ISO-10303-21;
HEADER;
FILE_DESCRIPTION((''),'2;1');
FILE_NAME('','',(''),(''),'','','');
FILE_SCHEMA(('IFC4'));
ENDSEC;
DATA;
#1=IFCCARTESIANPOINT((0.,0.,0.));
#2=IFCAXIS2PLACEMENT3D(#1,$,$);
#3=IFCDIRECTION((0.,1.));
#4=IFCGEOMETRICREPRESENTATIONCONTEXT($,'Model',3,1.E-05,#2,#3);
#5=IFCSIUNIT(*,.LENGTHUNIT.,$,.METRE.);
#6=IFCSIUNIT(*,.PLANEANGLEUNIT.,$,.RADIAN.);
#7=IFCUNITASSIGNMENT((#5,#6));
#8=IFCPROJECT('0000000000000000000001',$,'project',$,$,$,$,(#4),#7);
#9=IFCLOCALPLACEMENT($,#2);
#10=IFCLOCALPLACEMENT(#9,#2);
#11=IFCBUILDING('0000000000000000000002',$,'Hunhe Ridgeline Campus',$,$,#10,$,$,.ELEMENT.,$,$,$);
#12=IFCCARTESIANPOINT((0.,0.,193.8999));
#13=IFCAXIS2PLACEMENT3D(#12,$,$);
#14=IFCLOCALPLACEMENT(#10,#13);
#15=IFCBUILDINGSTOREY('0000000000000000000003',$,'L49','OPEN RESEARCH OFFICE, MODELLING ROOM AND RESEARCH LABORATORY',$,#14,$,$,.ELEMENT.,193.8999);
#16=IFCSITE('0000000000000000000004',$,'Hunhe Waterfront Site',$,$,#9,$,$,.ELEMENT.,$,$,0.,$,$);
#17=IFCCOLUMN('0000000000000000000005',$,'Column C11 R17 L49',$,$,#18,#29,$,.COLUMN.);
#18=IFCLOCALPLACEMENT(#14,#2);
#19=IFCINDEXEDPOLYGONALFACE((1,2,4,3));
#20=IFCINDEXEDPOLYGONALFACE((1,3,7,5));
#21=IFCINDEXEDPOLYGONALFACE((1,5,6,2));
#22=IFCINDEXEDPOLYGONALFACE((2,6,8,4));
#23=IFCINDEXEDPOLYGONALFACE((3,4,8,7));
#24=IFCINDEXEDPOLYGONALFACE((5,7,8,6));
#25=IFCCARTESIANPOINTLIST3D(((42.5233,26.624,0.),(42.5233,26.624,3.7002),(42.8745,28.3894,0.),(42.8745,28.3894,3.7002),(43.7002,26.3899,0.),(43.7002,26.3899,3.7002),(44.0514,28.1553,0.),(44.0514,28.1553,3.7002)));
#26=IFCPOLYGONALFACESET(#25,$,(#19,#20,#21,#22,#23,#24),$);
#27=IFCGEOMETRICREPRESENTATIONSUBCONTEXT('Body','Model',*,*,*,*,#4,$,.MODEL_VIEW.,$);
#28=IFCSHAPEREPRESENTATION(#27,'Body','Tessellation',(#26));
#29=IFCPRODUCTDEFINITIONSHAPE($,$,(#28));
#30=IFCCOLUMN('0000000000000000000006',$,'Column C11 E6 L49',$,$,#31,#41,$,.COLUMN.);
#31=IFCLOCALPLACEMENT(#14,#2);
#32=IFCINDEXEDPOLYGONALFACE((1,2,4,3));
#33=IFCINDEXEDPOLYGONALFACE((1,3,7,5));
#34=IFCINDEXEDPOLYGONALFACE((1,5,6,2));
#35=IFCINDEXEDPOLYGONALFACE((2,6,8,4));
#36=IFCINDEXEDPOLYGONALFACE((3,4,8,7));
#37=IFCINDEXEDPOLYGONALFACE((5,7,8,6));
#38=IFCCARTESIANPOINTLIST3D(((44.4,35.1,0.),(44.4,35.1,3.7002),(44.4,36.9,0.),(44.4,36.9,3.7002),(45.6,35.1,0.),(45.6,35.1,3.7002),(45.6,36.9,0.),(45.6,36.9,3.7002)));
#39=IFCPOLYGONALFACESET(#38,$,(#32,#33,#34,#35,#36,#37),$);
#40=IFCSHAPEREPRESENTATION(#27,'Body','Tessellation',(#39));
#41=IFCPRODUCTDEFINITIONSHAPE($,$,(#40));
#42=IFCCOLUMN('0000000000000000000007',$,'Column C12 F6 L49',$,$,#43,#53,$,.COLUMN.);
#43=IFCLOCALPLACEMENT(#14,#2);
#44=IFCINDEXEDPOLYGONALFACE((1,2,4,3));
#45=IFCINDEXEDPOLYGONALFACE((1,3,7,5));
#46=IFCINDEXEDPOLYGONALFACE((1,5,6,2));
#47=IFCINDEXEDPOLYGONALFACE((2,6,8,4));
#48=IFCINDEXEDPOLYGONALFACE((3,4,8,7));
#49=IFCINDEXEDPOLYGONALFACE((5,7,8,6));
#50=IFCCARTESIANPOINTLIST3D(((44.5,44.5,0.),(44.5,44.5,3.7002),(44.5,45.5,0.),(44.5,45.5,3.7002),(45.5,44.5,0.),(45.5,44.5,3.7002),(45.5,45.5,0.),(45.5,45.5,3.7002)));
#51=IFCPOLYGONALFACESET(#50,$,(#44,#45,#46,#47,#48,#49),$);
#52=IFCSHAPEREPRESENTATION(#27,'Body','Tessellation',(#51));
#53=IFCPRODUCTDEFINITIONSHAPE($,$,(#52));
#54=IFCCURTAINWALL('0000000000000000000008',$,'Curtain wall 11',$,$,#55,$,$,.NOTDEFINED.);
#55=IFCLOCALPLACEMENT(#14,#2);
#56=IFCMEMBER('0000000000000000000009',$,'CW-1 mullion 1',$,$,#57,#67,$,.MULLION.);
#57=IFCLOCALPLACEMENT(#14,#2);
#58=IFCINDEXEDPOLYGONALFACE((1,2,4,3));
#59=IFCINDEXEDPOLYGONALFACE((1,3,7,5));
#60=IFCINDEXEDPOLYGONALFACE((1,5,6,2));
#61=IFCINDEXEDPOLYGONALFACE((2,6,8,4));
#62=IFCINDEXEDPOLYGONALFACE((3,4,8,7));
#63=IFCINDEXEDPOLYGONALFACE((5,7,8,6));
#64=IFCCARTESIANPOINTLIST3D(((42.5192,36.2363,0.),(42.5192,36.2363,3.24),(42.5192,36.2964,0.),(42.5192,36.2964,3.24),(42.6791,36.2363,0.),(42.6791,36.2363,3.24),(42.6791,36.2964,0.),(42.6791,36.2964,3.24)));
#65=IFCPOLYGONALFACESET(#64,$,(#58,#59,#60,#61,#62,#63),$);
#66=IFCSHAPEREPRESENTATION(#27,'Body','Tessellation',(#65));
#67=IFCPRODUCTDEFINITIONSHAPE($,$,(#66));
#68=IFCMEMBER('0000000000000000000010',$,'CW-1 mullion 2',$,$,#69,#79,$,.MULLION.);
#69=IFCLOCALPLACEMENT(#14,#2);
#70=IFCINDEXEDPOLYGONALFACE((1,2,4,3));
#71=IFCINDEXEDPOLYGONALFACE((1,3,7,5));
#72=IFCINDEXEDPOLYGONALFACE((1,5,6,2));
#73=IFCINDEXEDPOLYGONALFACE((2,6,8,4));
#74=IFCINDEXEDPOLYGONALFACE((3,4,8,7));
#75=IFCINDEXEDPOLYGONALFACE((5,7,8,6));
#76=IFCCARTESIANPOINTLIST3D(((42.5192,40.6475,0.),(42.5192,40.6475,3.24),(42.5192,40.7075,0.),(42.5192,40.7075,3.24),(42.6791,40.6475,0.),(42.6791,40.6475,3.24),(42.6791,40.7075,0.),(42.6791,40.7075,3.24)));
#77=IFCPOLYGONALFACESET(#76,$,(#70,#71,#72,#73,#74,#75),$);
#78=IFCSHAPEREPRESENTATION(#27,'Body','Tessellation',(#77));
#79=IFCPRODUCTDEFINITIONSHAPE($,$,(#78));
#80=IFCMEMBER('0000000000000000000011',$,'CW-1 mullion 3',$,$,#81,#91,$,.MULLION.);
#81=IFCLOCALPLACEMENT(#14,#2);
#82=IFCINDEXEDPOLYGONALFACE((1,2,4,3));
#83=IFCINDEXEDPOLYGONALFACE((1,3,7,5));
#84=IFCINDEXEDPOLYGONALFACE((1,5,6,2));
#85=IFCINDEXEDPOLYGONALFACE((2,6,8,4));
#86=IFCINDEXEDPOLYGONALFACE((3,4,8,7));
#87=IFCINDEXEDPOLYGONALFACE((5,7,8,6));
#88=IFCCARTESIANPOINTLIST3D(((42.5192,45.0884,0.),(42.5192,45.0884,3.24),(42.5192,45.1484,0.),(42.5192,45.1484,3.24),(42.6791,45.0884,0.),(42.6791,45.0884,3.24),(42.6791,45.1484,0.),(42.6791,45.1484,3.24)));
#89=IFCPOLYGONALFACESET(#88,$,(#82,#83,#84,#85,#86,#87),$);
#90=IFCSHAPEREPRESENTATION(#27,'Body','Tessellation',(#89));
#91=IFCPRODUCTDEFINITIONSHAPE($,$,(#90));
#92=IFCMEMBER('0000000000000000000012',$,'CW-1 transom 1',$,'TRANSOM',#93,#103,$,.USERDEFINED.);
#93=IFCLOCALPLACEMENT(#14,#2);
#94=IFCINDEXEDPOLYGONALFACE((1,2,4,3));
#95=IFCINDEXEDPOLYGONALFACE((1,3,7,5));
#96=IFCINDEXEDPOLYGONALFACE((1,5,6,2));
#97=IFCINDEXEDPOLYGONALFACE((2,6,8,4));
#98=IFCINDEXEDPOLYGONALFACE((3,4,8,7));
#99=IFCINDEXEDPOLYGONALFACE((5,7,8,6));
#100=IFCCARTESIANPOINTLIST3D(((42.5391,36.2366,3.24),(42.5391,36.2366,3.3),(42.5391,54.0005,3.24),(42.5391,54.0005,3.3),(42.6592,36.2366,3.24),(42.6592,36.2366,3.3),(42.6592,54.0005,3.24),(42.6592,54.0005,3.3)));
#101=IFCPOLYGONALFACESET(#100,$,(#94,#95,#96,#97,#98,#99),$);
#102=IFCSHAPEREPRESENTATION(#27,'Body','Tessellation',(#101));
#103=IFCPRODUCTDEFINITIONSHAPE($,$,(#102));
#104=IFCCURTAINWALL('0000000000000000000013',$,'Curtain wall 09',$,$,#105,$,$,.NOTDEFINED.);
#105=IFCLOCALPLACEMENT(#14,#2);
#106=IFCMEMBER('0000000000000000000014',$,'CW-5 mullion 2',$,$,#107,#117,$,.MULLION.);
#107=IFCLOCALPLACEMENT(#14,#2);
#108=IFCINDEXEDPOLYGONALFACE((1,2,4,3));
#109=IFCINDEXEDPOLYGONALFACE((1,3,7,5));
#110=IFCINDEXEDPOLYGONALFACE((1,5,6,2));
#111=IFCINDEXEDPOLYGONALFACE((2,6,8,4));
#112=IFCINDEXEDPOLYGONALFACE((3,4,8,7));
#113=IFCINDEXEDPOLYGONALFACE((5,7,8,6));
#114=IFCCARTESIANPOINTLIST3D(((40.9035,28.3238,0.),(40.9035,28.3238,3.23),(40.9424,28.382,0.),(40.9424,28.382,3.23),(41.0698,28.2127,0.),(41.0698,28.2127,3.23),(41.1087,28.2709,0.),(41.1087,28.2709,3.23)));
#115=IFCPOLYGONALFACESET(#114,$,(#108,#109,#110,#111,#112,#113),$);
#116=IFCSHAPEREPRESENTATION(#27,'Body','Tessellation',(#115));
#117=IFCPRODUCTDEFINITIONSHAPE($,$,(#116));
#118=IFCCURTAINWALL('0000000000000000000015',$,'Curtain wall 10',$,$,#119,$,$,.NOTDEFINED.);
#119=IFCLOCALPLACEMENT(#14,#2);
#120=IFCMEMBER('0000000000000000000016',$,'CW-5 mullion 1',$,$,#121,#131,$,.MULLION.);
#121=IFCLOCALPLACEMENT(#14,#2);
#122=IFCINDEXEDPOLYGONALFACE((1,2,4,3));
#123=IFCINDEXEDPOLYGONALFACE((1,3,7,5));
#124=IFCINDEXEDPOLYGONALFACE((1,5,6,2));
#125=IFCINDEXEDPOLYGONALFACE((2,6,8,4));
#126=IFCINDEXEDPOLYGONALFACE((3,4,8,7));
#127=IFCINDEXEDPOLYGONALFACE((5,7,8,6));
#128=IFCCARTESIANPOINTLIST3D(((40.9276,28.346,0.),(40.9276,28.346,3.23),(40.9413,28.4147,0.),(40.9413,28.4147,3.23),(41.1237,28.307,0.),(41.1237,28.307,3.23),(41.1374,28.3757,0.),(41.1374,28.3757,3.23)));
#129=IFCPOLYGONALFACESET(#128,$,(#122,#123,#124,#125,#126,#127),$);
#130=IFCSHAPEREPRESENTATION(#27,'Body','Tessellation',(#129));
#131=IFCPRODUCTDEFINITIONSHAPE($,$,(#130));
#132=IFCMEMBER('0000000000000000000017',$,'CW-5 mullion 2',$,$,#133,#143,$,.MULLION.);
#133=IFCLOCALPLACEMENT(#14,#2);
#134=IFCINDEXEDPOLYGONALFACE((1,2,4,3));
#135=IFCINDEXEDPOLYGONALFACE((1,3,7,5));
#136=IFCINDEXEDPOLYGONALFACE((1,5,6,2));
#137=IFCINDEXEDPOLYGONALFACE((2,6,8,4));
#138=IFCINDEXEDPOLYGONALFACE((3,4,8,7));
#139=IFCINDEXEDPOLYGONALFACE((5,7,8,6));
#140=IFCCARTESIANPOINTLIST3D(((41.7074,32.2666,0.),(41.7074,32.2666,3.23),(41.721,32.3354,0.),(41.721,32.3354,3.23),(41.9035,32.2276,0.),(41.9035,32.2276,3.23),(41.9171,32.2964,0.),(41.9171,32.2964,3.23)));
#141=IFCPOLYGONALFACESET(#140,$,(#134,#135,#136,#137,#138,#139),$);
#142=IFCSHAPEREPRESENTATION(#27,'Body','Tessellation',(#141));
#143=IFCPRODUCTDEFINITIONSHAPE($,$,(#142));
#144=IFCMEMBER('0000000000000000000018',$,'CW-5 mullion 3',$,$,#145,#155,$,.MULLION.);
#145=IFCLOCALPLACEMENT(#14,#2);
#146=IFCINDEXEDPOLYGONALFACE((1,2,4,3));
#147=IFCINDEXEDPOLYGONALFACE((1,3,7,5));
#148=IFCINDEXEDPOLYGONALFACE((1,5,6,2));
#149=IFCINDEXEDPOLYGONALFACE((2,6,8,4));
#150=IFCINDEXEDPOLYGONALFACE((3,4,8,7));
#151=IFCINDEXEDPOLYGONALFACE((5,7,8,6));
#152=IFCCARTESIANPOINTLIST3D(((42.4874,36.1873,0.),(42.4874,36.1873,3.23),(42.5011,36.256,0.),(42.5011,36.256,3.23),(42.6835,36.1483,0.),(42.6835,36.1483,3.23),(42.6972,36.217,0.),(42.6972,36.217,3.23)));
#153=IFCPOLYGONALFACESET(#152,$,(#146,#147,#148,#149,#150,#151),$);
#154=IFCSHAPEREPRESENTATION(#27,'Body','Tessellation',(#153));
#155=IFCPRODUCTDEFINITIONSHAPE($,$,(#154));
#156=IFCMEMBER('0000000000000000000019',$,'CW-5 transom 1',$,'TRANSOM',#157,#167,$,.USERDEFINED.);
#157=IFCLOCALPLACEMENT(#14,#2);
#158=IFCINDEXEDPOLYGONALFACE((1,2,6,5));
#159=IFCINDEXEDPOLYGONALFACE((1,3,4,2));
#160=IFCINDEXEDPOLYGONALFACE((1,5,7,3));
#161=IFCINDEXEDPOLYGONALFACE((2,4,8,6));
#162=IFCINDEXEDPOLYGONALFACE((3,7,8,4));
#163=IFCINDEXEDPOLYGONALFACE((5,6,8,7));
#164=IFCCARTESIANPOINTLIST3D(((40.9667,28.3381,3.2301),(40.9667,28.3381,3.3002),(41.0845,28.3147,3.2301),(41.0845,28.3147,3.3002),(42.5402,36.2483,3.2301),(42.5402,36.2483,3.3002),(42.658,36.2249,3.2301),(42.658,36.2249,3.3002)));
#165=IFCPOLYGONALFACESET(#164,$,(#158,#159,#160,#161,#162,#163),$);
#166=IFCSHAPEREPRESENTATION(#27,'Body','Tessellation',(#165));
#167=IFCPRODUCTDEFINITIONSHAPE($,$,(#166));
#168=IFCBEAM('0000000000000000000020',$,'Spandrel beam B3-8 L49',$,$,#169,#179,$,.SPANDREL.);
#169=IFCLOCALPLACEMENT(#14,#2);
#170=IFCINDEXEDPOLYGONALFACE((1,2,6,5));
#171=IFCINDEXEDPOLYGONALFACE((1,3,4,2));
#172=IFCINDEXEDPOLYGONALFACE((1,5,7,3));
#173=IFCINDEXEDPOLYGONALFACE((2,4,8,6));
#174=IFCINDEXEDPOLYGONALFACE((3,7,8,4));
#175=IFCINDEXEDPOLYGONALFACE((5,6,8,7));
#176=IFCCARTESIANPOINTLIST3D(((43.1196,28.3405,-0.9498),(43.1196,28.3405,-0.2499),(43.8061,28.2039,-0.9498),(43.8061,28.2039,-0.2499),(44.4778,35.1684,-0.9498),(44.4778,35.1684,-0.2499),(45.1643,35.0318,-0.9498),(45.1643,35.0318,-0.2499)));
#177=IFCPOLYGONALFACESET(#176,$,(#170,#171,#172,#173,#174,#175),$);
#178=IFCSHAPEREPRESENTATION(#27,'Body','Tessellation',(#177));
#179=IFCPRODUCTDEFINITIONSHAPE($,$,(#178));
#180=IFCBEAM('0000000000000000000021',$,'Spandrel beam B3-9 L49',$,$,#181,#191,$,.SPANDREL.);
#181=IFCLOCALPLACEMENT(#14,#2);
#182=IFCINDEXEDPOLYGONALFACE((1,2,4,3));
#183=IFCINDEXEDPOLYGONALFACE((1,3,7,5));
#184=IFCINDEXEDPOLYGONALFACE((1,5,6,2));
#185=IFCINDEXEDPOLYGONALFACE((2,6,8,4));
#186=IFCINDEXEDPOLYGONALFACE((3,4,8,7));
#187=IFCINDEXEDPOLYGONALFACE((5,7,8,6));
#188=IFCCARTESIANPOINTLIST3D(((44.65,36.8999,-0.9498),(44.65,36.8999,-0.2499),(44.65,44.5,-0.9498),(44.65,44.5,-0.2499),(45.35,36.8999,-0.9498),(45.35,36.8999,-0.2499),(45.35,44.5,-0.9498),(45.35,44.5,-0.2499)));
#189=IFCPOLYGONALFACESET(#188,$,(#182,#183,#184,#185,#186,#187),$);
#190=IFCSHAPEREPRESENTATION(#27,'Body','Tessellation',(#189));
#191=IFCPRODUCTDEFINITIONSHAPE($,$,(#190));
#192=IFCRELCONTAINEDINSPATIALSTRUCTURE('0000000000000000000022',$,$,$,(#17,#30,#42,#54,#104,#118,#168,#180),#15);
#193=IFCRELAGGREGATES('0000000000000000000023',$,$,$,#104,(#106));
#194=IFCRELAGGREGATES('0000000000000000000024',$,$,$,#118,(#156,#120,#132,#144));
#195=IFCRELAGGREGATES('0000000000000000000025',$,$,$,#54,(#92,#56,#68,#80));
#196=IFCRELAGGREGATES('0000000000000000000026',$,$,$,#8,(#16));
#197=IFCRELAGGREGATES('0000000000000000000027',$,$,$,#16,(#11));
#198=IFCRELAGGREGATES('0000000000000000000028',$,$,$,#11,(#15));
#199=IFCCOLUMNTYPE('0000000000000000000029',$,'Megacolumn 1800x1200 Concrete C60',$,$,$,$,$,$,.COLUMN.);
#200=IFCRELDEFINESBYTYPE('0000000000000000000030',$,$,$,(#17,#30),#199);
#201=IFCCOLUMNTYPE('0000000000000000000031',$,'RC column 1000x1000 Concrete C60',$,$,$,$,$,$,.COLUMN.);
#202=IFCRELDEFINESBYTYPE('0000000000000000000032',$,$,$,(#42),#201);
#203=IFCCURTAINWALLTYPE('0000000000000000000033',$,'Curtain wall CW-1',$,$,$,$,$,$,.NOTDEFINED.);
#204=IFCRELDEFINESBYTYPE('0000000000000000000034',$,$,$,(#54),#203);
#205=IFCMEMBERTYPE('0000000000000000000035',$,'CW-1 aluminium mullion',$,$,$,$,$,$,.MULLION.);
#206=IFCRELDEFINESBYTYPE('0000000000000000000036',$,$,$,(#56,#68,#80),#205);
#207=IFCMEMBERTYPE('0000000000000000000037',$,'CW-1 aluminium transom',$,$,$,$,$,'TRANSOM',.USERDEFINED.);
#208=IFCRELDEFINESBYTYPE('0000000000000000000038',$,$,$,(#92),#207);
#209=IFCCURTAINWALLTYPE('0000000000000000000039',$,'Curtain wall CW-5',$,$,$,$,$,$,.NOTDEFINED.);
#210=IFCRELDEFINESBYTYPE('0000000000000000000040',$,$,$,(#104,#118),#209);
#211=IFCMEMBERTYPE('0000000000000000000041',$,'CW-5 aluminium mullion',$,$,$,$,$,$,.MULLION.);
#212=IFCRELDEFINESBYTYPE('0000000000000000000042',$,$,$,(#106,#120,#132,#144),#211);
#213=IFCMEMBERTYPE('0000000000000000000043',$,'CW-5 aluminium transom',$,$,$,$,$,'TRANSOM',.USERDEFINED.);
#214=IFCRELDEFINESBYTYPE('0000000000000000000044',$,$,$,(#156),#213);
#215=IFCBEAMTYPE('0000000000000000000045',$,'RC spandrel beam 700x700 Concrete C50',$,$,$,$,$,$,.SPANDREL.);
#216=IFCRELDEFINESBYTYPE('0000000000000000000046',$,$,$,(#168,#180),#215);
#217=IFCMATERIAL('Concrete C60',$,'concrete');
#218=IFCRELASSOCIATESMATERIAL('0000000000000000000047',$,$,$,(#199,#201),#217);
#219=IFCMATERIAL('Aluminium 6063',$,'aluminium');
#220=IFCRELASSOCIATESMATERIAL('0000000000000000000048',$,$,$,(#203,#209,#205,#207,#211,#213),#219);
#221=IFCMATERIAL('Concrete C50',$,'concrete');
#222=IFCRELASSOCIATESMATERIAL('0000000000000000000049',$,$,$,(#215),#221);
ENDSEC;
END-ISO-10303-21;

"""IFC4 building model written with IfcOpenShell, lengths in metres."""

from ifc_helpers import new_model, si_unit, direction, frame, origin, origin_2d, place, context, subcontext, project, spatial, rectangle, extrude, material, material_profile, profile_set, type_object, element, aggregate, save


model = new_model("IFC4")

# Units and contexts
model_context = context("Model", 3, precision=1e-05, world=origin(), true_north=direction((0.0, 1.0)))
body_context = subcontext(model_context, "Body", "Model", "MODEL_VIEW")
ifc_project = project(units=[si_unit("LENGTHUNIT", "METRE"), si_unit("PLANEANGLEUNIT", "RADIAN")], contexts=[model_context])

# Site, building, storey
site_placement = place(None, origin())
site = spatial("IfcSite", under=ifc_project, at=site_placement, Name="Hunhe Waterfront Site", CompositionType="ELEMENT", RefElevation=0.0)
building_placement = place(site_placement, origin())
building = spatial("IfcBuilding", under=site, at=building_placement, Name="Hunhe Ridgeline Campus", CompositionType="ELEMENT")
storey_placement = place(building_placement, frame((0.0, 0.0, 193.8999)))
storey = spatial("IfcBuildingStorey", under=building, at=storey_placement, Name="L49", Description="OPEN RESEARCH OFFICE, MODELLING ROOM AND RESEARCH LABORATORY", CompositionType="ELEMENT", Elevation=193.8999)

# Columns
ifc_material_1 = material(Name="Concrete C60", Category="concrete")
ifc_material_profile_1 = material_profile(ifc_material_1, rectangle(XDim=1.8, YDim=1.2, at=origin_2d()))
ifc_profile_set_1 = profile_set([ifc_material_profile_1], Name="Concrete C60")
column_type_1 = type_object("IfcColumnType", Name="Megacolumn 1800x1200 Concrete C60", PredefinedType="COLUMN", material=ifc_profile_set_1)
for number, where, z_axis, x_axis, name in (
    (1, (43.2874, 27.3896, 0.0), (0.0, 0.0, 1.0), (0.19509, 0.980785, 0.0), "Column C11 R17 L49"),
    (2, (45.0, 36.0, 0.0), (0.0, 0.0, 1.0), (0.0, 1.0, 0.0), "Column C11 E6 L49"),
):
    element("IfcColumn", number, at=place(storey_placement, frame(where, z_axis=z_axis, x_axis=x_axis)), inside=storey, type_object=column_type_1, Name=name, PredefinedType="COLUMN", context=body_context, shape_type="SweptSolid", body=[
        extrude(rectangle(XDim=1.8, YDim=1.2, at=origin_2d()), origin(), (0.0, 0.0, 1.0), 3.7002),
    ])
ifc_material_profile_2 = material_profile(ifc_material_1, rectangle(XDim=1.0, YDim=1.0, at=origin_2d()))
ifc_profile_set_2 = profile_set([ifc_material_profile_2], Name="Concrete C60")
column_type_2 = type_object("IfcColumnType", Name="RC column 1000x1000 Concrete C60", PredefinedType="COLUMN", material=ifc_profile_set_2)
column_placement = place(storey_placement, frame((45.0, 45.0, 0.0), z_axis=(0.0, 0.0, 1.0), x_axis=(1.0, 0.0, 0.0)))
element("IfcColumn", 3, at=column_placement, inside=storey, type_object=column_type_2, Name="Column C12 F6 L49", PredefinedType="COLUMN", context=body_context, shape_type="SweptSolid", body=[
    extrude(rectangle(XDim=1.0, YDim=1.0, at=origin_2d()), origin(), (0.0, 0.0, 1.0), 3.7002),
])

# Curtain wall, members
ifc_material_2 = material(Name="Aluminium 6063", Category="aluminium")
curtain_wall_type_1 = type_object("IfcCurtainWallType", Name="Curtain wall CW-1", PredefinedType="NOTDEFINED", material=ifc_material_2)
curtain_wall_1_placement = place(storey_placement, origin())
curtain_wall_1 = element("IfcCurtainWall", 4, at=curtain_wall_1_placement, inside=storey, type_object=curtain_wall_type_1, Name="Curtain wall 11", PredefinedType="NOTDEFINED")
ifc_material_profile_3 = material_profile(ifc_material_2, rectangle(XDim=0.1599, YDim=0.0601, at=origin_2d()))
ifc_profile_set_3 = profile_set([ifc_material_profile_3], Name="Aluminium 6063")
member_type_1 = type_object("IfcMemberType", Name="CW-1 aluminium mullion", PredefinedType="MULLION", material=ifc_profile_set_3)
member_1_placement = place(storey_placement, frame((42.5991, 36.2664, 0.0), z_axis=(0.0, 0.0, 1.0), x_axis=(-1.0, 0.000007, 0.0)))
member_1 = element("IfcMember", 5, at=member_1_placement, type_object=member_type_1, Name="CW-1 mullion 1", PredefinedType="MULLION", context=body_context, shape_type="SweptSolid", body=[
    extrude(rectangle(XDim=0.1599, YDim=0.0601, at=origin_2d()), origin(), (0.0, 0.0, 1.0), 3.24),
])
member_2_placement = place(storey_placement, frame((42.5991, 40.6775, 0.0), z_axis=(0.0, 0.0, 1.0), x_axis=(-1.0, 0.000007, 0.0)))
member_2 = element("IfcMember", 6, at=member_2_placement, type_object=member_type_1, Name="CW-1 mullion 2", PredefinedType="MULLION", context=body_context, shape_type="SweptSolid", body=[
    extrude(rectangle(XDim=0.1599, YDim=0.0601, at=origin_2d()), origin(), (0.0, 0.0, 1.0), 3.24),
])
member_3_placement = place(storey_placement, frame((42.5991, 45.1184, 0.0), z_axis=(0.0, 0.0, 1.0), x_axis=(-1.0, 0.000007, 0.0)))
member_3 = element("IfcMember", 7, at=member_3_placement, type_object=member_type_1, Name="CW-1 mullion 3", PredefinedType="MULLION", context=body_context, shape_type="SweptSolid", body=[
    extrude(rectangle(XDim=0.1599, YDim=0.0601, at=origin_2d()), origin(), (0.0, 0.0, 1.0), 3.24),
])
ifc_material_profile_4 = material_profile(ifc_material_2, rectangle(XDim=0.1201, YDim=0.0601, at=origin_2d()))
ifc_profile_set_4 = profile_set([ifc_material_profile_4], Name="Aluminium 6063")
member_type_2 = type_object("IfcMemberType", Name="CW-1 aluminium transom", ElementType="TRANSOM", PredefinedType="USERDEFINED", material=ifc_profile_set_4)
member_4_placement = place(storey_placement, frame((42.5991, 36.2366, 3.27), z_axis=(0.0, 1.0, 0.0), x_axis=(-1.0, 0.0, 0.0)))
member_4 = element("IfcMember", 8, at=member_4_placement, type_object=member_type_2, Name="CW-1 transom 1", ObjectType="TRANSOM", PredefinedType="USERDEFINED", context=body_context, shape_type="SweptSolid", body=[
    extrude(rectangle(XDim=0.1201, YDim=0.0601, at=origin_2d()), origin(), (0.0, 0.0, 1.0), 17.7639),
])

# Curtain wall, member
curtain_wall_type_2 = type_object("IfcCurtainWallType", Name="Curtain wall CW-5", PredefinedType="NOTDEFINED", material=ifc_material_2)
curtain_wall_2_placement = place(storey_placement, origin())
curtain_wall_2 = element("IfcCurtainWall", 9, at=curtain_wall_2_placement, inside=storey, type_object=curtain_wall_type_2, Name="Curtain wall 09", PredefinedType="NOTDEFINED")
ifc_material_profile_5 = material_profile(ifc_material_2, rectangle(XDim=0.2, YDim=0.0701, at=origin_2d()))
ifc_profile_set_5 = profile_set([ifc_material_profile_5], Name="Aluminium 6063")
member_type_3 = type_object("IfcMemberType", Name="CW-5 aluminium mullion", PredefinedType="MULLION", material=ifc_profile_set_5)
member_5_placement = place(storey_placement, frame((41.0061, 28.2974, 0.0), z_axis=(0.0, 0.0, 1.0), x_axis=(-0.83147, 0.55557, 0.0)))
member_5 = element("IfcMember", 10, at=member_5_placement, type_object=member_type_3, Name="CW-5 mullion 2", PredefinedType="MULLION", context=body_context, shape_type="SweptSolid", body=[
    extrude(rectangle(XDim=0.2, YDim=0.0701, at=origin_2d()), origin(), (0.0, 0.0, 1.0), 3.23),
])

# Curtain wall, members
curtain_wall_3_placement = place(storey_placement, origin())
curtain_wall_3 = element("IfcCurtainWall", 11, at=curtain_wall_3_placement, inside=storey, type_object=curtain_wall_type_2, Name="Curtain wall 10", PredefinedType="NOTDEFINED")
member_6_placement = place(storey_placement, frame((41.0325, 28.3608, 0.0), z_axis=(0.0, 0.0, 1.0), x_axis=(-0.980785, 0.19509, 0.0)))
member_6 = element("IfcMember", 12, at=member_6_placement, type_object=member_type_3, Name="CW-5 mullion 1", PredefinedType="MULLION", context=body_context, shape_type="SweptSolid", body=[
    extrude(rectangle(XDim=0.2, YDim=0.0701, at=origin_2d()), origin(), (0.0, 0.0, 1.0), 3.23),
])
member_7_placement = place(storey_placement, frame((41.8123, 32.2815, 0.0), z_axis=(0.0, 0.0, 1.0), x_axis=(-0.980785, 0.19509, 0.0)))
member_7 = element("IfcMember", 13, at=member_7_placement, type_object=member_type_3, Name="CW-5 mullion 2", PredefinedType="MULLION", context=body_context, shape_type="SweptSolid", body=[
    extrude(rectangle(XDim=0.2, YDim=0.0701, at=origin_2d()), origin(), (0.0, 0.0, 1.0), 3.23),
])
member_8_placement = place(storey_placement, frame((42.5923, 36.2021, 0.0), z_axis=(0.0, 0.0, 1.0), x_axis=(-0.980785, 0.19509, 0.0)))
member_8 = element("IfcMember", 14, at=member_8_placement, type_object=member_type_3, Name="CW-5 mullion 3", PredefinedType="MULLION", context=body_context, shape_type="SweptSolid", body=[
    extrude(rectangle(XDim=0.2, YDim=0.0701, at=origin_2d()), origin(), (0.0, 0.0, 1.0), 3.23),
])
ifc_material_profile_6 = material_profile(ifc_material_2, rectangle(XDim=0.1201, YDim=0.0701, at=origin_2d()))
ifc_profile_set_6 = profile_set([ifc_material_profile_6], Name="Aluminium 6063")
member_type_4 = type_object("IfcMemberType", Name="CW-5 aluminium transom", ElementType="TRANSOM", PredefinedType="USERDEFINED", material=ifc_profile_set_6)
member_9_placement = place(storey_placement, frame((41.0256, 28.3264, 3.2651), z_axis=(0.195097, 0.980784, 0.0), x_axis=(-0.980784, 0.195097, 0.0)))
member_9 = element("IfcMember", 15, at=member_9_placement, type_object=member_type_4, Name="CW-5 transom 1", ObjectType="TRANSOM", PredefinedType="USERDEFINED", context=body_context, shape_type="SweptSolid", body=[
    extrude(rectangle(XDim=0.1201, YDim=0.0701, at=origin_2d()), origin(), (0.0, 0.0, 1.0), 8.0652),
])

# Beams
ifc_material_3 = material(Name="Concrete C50", Category="concrete")
ifc_material_profile_7 = material_profile(ifc_material_3, rectangle(XDim=0.7, YDim=0.7, at=origin_2d()))
ifc_profile_set_7 = profile_set([ifc_material_profile_7], Name="Concrete C50")
beam_type = type_object("IfcBeamType", Name="RC spandrel beam 700x700 Concrete C50", PredefinedType="SPANDREL", material=ifc_profile_set_7)
beam_1_placement = place(storey_placement, frame((43.4629, 28.2722, -0.5999), z_axis=(0.195091, 0.980785, 0.0), x_axis=(-0.980785, 0.195091, 0.0)))
element("IfcBeam", 16, at=beam_1_placement, inside=storey, type_object=beam_type, Name="Spandrel beam B3-8 L49", PredefinedType="SPANDREL", context=body_context, shape_type="SweptSolid", body=[
    extrude(rectangle(XDim=0.7, YDim=0.7, at=origin_2d()), origin(), (0.0, 0.0, 1.0), 6.9617),
])
beam_2_placement = place(storey_placement, frame((45.0, 36.8999, -0.5999), z_axis=(0.0, 1.0, 0.0), x_axis=(-1.0, 0.0, 0.0)))
element("IfcBeam", 17, at=beam_2_placement, inside=storey, type_object=beam_type, Name="Spandrel beam B3-9 L49", PredefinedType="SPANDREL", context=body_context, shape_type="SweptSolid", body=[
    extrude(rectangle(XDim=0.7, YDim=0.7, at=origin_2d()), origin(), (0.0, 0.0, 1.0), 7.6001),
])

aggregate(curtain_wall_2, [member_5])
aggregate(curtain_wall_3, [member_9, member_6, member_7, member_8])
aggregate(curtain_wall_1, [member_4, member_1, member_2, member_3])

save(model, "model.ifc")
